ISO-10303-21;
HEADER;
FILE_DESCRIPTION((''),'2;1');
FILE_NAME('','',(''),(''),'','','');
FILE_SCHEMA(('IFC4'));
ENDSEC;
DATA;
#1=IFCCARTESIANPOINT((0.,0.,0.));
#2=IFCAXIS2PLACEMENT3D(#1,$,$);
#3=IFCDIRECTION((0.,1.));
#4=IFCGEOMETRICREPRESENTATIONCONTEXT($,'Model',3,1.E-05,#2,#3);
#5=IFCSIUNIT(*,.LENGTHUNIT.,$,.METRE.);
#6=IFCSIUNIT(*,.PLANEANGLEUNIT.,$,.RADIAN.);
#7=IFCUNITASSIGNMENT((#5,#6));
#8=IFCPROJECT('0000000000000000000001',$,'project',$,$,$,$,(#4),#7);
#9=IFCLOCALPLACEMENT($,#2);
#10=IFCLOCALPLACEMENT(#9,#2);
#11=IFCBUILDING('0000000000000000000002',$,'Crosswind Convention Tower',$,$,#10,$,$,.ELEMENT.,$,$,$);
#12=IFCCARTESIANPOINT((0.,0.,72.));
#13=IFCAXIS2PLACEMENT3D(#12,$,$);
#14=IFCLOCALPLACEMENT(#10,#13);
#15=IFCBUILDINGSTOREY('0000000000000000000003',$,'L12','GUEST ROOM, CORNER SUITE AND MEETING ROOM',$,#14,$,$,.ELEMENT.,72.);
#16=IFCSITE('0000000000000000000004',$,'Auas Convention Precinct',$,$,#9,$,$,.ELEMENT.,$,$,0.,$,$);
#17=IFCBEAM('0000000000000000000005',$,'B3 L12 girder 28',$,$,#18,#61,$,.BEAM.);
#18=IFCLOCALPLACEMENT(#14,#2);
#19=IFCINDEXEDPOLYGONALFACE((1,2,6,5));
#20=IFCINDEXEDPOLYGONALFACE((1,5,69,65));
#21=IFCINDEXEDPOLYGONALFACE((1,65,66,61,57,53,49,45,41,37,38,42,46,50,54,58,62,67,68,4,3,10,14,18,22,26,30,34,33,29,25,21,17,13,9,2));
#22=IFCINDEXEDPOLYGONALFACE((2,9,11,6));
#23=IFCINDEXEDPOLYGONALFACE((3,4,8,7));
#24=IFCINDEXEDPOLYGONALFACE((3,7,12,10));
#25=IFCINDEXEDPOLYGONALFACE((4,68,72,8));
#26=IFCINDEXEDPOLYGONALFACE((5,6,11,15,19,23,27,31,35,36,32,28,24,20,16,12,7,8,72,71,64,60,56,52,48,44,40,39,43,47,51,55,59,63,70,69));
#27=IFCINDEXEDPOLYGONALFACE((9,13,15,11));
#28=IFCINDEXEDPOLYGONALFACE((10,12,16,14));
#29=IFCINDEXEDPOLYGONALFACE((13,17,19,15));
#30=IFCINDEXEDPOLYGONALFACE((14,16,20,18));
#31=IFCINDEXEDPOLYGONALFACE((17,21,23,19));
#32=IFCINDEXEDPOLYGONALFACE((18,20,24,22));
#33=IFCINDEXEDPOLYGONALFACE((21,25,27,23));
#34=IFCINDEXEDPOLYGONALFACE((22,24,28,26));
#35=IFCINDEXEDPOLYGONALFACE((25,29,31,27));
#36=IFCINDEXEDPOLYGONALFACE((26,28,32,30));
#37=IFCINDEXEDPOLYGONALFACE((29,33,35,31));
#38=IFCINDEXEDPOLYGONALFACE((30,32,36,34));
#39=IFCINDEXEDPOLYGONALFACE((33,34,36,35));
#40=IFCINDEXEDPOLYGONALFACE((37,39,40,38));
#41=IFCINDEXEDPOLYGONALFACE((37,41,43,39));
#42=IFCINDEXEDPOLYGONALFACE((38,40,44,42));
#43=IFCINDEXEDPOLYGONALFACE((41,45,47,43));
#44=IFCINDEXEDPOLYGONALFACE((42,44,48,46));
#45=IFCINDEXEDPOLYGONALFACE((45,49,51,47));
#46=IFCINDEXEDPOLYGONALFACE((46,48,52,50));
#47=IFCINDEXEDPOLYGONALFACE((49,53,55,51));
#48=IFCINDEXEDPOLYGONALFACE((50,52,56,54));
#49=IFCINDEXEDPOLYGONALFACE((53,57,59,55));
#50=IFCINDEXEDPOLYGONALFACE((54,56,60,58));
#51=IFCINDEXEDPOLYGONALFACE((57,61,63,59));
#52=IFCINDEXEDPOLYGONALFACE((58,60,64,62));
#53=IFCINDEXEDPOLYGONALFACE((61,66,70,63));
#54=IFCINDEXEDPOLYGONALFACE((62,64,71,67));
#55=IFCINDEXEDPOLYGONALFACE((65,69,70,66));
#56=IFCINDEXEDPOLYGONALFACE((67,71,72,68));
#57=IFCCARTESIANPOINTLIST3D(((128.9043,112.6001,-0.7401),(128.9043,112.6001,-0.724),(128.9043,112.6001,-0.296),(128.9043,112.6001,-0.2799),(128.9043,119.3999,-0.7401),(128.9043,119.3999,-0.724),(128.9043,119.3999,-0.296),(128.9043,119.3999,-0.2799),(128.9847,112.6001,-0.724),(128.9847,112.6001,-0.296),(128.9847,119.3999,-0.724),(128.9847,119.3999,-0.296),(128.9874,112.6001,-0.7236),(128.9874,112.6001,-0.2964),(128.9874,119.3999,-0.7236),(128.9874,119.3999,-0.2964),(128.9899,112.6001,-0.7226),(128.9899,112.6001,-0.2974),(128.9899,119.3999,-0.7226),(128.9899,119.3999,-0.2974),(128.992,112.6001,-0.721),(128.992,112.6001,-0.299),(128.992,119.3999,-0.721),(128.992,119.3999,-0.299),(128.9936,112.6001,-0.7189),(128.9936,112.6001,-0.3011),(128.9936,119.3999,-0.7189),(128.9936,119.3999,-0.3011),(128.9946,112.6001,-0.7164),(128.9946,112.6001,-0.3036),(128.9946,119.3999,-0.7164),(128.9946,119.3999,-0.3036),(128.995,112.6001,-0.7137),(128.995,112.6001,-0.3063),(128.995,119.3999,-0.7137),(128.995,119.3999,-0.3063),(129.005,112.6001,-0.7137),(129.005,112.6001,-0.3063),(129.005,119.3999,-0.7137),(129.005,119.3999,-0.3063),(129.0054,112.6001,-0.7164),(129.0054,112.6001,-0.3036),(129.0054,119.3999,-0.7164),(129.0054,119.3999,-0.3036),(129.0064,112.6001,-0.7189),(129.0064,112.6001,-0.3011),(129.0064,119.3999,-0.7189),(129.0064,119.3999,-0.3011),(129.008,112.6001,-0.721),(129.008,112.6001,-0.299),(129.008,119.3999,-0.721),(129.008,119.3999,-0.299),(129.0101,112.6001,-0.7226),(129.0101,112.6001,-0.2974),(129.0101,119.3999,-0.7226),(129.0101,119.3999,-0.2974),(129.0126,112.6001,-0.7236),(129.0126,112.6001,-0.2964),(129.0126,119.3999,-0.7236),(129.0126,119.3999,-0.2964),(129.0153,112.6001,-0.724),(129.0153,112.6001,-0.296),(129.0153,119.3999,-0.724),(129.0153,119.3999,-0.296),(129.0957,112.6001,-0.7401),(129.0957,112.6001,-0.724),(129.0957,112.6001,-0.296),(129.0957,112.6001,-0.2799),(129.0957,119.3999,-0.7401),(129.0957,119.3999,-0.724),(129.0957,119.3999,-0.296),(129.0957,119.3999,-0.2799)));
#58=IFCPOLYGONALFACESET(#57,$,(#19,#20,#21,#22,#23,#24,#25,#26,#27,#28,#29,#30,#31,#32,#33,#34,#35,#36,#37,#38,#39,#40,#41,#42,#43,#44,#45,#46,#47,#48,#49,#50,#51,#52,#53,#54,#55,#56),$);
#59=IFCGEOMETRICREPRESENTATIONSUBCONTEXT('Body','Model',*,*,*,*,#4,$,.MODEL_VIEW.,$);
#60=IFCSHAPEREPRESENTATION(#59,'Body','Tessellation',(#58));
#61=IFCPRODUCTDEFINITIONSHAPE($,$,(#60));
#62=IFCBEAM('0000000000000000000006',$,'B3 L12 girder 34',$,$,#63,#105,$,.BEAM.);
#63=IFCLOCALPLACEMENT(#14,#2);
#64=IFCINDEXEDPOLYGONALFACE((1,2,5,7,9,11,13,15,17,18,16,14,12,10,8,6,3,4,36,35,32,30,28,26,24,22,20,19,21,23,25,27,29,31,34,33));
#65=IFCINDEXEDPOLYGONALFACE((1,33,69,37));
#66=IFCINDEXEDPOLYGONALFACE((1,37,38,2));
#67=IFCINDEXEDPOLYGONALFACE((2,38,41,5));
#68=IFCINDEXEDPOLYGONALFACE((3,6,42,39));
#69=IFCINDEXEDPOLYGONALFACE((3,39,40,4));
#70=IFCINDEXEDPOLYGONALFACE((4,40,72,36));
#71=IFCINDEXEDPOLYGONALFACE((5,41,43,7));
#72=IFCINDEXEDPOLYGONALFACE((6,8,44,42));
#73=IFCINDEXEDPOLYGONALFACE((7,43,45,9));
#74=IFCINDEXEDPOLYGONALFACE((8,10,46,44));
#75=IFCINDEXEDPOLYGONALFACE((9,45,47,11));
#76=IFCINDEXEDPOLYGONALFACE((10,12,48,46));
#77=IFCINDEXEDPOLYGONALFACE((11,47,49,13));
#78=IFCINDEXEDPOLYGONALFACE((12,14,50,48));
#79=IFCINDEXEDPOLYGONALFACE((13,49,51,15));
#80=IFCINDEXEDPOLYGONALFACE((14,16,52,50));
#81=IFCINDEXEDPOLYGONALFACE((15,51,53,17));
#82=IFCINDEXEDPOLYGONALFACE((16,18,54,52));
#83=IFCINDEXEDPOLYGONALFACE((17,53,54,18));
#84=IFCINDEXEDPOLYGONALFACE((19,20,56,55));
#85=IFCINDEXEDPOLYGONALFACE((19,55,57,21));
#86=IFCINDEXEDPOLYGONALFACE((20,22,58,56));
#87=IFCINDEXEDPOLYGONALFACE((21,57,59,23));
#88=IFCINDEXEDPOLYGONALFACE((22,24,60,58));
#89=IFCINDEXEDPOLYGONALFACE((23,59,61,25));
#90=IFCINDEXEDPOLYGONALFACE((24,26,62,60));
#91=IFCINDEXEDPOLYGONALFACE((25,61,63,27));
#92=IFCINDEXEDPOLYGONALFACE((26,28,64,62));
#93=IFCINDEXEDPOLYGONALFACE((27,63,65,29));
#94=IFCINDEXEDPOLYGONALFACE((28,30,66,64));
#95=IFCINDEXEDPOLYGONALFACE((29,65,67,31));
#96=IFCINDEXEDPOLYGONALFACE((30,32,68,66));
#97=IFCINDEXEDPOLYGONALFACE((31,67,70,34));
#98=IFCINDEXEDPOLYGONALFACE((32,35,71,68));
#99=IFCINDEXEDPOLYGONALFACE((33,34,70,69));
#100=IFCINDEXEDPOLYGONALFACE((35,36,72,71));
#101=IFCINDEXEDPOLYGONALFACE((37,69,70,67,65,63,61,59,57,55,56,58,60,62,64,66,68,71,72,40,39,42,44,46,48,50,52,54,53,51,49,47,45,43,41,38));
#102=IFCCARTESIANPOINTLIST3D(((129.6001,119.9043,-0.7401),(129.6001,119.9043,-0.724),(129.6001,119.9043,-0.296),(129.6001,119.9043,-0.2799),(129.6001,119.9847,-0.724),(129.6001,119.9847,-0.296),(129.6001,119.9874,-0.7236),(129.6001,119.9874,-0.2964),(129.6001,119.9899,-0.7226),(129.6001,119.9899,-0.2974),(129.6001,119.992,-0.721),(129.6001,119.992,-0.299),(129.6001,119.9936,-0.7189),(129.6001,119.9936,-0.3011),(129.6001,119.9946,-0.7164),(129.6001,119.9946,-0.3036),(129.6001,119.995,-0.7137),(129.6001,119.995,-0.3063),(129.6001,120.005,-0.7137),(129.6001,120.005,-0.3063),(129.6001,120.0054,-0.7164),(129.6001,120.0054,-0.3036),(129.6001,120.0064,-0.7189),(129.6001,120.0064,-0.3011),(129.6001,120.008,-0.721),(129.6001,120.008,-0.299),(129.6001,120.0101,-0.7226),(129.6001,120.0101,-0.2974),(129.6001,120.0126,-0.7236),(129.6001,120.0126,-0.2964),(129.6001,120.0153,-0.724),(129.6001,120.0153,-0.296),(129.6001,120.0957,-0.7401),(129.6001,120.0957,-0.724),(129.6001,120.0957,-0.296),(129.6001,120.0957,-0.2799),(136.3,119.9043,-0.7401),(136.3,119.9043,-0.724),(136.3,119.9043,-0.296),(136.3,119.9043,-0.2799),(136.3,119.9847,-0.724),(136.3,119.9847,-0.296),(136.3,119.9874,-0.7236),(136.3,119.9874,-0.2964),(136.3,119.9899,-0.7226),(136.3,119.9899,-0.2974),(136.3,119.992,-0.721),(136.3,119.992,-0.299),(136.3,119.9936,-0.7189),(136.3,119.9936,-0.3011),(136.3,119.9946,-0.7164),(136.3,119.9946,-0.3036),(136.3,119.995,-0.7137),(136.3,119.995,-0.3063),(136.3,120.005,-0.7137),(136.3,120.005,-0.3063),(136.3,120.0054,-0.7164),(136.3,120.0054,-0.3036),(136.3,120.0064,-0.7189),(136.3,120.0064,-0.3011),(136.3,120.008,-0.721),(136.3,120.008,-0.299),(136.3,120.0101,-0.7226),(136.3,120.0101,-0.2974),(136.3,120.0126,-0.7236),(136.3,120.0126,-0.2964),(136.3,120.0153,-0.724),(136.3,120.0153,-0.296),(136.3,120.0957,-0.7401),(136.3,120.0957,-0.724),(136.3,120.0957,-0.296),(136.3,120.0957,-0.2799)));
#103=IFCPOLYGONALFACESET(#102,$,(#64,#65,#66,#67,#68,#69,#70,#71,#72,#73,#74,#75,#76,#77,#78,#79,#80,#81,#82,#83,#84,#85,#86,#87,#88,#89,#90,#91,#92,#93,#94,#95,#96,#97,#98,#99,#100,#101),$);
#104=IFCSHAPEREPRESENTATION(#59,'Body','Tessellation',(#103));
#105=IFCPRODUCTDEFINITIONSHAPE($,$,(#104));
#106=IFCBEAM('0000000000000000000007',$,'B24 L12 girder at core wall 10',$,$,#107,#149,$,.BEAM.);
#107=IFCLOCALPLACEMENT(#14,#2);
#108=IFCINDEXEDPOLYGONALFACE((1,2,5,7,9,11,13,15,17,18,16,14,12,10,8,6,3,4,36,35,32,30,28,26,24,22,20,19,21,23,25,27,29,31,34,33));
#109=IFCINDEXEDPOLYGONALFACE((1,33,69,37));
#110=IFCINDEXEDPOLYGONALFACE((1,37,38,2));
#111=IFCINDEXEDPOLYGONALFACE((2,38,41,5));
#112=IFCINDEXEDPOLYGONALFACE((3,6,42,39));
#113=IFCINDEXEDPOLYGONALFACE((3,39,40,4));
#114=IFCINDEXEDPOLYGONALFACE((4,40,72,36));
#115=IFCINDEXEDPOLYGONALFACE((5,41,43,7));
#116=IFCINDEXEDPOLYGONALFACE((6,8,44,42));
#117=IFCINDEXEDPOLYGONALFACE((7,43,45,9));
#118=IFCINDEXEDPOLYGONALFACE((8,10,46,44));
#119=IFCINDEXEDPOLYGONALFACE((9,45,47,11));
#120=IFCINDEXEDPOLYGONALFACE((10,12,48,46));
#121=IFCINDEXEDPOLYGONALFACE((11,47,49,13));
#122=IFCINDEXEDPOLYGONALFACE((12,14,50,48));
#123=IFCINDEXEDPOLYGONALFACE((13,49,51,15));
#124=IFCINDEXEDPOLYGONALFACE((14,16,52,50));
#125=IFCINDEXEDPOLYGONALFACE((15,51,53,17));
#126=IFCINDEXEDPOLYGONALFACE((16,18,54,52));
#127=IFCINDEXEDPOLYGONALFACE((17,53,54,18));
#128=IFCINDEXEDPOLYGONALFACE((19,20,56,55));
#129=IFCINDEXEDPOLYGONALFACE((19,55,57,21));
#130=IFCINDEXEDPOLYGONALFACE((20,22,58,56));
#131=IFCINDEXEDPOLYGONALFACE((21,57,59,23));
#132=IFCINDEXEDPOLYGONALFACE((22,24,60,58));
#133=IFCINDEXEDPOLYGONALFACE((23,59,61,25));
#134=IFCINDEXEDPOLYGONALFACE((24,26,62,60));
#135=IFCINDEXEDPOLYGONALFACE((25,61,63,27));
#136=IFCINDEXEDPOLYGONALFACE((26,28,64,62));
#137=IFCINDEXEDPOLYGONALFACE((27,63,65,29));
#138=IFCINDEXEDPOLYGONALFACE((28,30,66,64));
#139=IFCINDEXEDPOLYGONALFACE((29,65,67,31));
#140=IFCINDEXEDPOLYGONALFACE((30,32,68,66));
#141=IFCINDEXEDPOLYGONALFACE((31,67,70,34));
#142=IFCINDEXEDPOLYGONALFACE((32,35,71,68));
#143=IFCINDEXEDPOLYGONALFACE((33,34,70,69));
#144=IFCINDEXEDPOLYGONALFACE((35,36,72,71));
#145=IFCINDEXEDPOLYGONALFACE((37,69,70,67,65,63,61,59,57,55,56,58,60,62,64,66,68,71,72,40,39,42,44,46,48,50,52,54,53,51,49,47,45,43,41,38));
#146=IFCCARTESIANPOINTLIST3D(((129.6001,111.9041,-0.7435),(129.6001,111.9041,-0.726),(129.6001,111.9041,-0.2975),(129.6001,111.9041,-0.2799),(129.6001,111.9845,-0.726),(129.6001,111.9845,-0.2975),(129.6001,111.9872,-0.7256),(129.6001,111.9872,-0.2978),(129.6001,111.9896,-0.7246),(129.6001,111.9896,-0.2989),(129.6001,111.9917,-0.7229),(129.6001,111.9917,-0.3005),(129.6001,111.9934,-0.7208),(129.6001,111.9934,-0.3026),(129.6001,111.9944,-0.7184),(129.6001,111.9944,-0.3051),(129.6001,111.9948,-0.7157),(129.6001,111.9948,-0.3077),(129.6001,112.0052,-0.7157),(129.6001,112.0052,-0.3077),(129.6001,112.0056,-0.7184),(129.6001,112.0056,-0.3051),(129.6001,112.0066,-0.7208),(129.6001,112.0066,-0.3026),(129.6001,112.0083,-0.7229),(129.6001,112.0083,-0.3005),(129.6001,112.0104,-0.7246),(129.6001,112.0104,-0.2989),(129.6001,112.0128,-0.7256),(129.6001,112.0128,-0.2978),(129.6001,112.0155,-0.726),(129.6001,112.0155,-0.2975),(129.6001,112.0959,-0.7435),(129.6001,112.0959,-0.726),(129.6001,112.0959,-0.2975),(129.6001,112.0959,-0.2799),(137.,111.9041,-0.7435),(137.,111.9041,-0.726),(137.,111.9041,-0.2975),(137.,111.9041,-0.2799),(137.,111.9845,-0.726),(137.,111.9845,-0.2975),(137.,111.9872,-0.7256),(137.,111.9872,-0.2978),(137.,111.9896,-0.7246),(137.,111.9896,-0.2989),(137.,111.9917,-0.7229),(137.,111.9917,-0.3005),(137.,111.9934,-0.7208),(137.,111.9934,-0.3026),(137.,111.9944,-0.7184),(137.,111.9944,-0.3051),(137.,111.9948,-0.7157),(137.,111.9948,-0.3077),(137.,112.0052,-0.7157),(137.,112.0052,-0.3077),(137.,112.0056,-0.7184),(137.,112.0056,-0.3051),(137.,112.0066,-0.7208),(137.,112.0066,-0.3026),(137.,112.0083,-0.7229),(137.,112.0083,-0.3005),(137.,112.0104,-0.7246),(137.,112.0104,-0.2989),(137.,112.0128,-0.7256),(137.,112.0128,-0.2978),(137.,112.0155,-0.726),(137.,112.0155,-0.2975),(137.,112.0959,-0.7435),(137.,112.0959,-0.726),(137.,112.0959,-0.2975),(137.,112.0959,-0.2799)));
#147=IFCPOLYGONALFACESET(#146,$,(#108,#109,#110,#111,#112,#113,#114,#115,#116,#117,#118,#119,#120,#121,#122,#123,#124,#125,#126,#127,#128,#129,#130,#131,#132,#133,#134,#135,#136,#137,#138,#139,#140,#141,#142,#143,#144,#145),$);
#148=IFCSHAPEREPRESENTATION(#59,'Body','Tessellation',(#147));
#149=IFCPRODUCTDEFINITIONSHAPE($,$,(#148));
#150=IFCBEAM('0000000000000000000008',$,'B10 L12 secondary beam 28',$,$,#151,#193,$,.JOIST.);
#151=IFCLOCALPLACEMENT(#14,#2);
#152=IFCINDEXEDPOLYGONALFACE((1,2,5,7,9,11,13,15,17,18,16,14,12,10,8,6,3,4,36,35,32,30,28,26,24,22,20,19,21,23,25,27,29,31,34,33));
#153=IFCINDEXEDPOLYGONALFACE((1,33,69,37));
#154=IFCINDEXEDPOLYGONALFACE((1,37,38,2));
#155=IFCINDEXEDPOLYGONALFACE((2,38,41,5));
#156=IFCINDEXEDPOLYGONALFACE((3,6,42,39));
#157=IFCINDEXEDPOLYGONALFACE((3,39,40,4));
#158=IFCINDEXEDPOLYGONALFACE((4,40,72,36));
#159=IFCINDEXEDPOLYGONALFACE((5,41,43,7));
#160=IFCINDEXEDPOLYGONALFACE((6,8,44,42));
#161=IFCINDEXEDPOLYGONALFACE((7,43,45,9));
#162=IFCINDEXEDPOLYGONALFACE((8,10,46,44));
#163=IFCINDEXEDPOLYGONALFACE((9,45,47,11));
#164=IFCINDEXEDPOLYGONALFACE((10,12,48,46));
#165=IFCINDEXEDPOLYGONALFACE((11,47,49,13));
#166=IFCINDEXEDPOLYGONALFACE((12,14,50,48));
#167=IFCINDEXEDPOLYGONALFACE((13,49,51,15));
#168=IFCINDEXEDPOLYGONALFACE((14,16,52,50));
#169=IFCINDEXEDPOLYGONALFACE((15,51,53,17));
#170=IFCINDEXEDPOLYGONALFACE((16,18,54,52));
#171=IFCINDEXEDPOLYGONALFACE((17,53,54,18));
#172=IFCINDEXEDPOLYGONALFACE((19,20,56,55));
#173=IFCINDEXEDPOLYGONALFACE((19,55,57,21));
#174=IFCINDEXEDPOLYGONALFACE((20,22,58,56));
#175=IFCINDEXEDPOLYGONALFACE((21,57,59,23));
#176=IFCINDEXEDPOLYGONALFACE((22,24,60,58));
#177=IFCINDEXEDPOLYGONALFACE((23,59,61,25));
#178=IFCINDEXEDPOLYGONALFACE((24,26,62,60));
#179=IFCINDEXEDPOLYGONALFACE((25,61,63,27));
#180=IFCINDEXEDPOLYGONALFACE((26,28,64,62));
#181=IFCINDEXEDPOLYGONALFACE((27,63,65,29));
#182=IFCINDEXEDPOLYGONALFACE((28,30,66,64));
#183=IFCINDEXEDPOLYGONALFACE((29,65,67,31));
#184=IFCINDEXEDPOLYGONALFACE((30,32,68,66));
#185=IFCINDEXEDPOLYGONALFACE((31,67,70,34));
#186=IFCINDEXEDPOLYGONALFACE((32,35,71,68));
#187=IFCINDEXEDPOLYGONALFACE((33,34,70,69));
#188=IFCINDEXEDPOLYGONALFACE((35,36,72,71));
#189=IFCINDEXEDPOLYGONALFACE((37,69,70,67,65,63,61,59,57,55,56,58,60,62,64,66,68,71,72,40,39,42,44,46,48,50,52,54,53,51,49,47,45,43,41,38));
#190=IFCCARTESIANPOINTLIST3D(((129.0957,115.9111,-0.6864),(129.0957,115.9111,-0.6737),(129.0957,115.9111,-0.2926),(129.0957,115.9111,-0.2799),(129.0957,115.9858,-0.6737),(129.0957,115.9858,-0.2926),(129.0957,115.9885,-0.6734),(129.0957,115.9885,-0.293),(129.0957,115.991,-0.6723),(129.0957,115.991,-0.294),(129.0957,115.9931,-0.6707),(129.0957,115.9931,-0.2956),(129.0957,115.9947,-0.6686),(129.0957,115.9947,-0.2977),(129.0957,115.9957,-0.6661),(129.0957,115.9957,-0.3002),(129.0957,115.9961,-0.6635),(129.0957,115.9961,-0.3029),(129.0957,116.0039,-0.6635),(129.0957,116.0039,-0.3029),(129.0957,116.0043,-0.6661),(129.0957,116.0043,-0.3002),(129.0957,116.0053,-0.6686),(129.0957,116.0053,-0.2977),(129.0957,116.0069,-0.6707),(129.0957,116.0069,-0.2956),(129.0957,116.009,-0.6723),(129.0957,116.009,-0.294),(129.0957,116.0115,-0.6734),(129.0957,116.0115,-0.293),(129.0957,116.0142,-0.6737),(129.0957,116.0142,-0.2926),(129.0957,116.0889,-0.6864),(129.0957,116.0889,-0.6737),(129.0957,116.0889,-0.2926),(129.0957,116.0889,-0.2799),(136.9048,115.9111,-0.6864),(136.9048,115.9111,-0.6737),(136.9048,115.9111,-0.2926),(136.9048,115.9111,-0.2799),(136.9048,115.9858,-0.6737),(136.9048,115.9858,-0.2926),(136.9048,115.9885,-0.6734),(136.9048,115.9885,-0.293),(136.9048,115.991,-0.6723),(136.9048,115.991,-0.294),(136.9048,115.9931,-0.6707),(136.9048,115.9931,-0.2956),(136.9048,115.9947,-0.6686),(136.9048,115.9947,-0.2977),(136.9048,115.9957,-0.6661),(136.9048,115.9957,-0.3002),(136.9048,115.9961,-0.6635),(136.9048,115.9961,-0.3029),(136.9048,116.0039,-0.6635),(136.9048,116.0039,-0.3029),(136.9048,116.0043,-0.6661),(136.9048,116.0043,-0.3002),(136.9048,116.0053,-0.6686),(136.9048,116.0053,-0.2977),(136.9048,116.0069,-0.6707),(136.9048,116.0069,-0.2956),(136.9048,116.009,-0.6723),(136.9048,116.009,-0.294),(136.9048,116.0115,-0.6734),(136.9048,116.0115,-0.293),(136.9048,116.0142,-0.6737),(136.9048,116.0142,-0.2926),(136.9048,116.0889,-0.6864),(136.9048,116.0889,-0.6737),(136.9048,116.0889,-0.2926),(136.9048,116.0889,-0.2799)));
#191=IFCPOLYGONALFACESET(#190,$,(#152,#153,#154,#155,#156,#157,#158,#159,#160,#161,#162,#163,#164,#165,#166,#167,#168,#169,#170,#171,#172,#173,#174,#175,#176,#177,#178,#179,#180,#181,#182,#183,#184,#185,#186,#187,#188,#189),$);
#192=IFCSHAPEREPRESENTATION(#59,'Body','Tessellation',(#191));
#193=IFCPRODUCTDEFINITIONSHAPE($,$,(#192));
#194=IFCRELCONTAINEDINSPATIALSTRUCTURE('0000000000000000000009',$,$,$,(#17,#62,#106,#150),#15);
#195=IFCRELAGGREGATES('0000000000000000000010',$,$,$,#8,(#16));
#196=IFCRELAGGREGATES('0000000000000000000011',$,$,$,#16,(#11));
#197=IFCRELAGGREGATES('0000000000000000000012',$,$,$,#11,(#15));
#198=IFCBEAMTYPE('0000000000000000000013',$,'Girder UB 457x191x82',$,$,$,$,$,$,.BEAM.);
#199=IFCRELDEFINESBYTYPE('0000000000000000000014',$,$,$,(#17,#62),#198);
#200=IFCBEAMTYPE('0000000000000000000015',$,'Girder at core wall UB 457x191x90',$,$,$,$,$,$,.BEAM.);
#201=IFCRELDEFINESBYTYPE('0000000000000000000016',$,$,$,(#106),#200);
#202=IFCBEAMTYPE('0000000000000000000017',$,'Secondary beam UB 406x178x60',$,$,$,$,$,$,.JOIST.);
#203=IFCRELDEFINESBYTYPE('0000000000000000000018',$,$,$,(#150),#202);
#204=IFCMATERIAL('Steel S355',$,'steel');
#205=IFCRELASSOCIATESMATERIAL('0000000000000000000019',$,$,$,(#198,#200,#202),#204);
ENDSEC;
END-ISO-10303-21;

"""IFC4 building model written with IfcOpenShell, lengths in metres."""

from ifc_helpers import new_model, si_unit, direction, frame, origin, origin_2d, place, context, subcontext, project, spatial, i_section, extrude, material, material_profile, profile_set, type_object, element, save


model = new_model("IFC4")

# Units and contexts
model_context = context("Model", 3, precision=1e-05, world=origin(), true_north=direction((0.0, 1.0)))
body_context = subcontext(model_context, "Body", "Model", "MODEL_VIEW")
ifc_project = project(units=[si_unit("LENGTHUNIT", "METRE"), si_unit("PLANEANGLEUNIT", "RADIAN")], contexts=[model_context])

# Site, building, storey
site_placement = place(None, origin())
site = spatial("IfcSite", under=ifc_project, at=site_placement, Name="Auas Convention Precinct", CompositionType="ELEMENT", RefElevation=0.0)
building_placement = place(site_placement, origin())
building = spatial("IfcBuilding", under=site, at=building_placement, Name="Crosswind Convention Tower", CompositionType="ELEMENT")
storey_placement = place(building_placement, frame((0.0, 0.0, 72.0)))
storey = spatial("IfcBuildingStorey", under=building, at=storey_placement, Name="L12", Description="GUEST ROOM, CORNER SUITE AND MEETING ROOM", CompositionType="ELEMENT", Elevation=72.0)

# Beams
ifc_material_1 = material(Name="Steel S355", Category="steel")
ifc_material_profile_1 = material_profile(ifc_material_1, i_section(OverallWidth=0.1914, OverallDepth=0.4602, WebThickness=0.01, FlangeThickness=0.0161, FilletRadius=0.0103, at=origin_2d()), Name="UB 457x191x82")
ifc_profile_set_1 = profile_set([ifc_material_profile_1], Name="Steel S355")
beam_type_1 = type_object("IfcBeamType", Name="Girder UB 457x191x82", PredefinedType="BEAM", material=ifc_profile_set_1)
for number, where, z_axis, x_axis, name in (
    (1, (129.0, 112.6001, -0.51), (0.0, 1.0, 0.0), (-1.0, 0.0, 0.0), "B3 L12 girder 28"),
):
    element("IfcBeam", number, at=place(storey_placement, frame(where, z_axis=z_axis, x_axis=x_axis)), inside=storey, type_object=beam_type_1, Name=name, PredefinedType="BEAM", context=body_context, shape_type="SweptSolid", body=[
        extrude(i_section(OverallWidth=0.1914, OverallDepth=0.4602, WebThickness=0.01, FlangeThickness=0.0161, FilletRadius=0.0103, at=origin_2d()), origin(), (0.0, 0.0, 1.0), 6.7998),
    ])
beam_1_placement = place(storey_placement, frame((129.6001, 120.0, -0.51), z_axis=(1.0, 0.0, 0.0), x_axis=(0.0, 1.0, 0.0)))
element("IfcBeam", 2, at=beam_1_placement, inside=storey, type_object=beam_type_1, Name="B3 L12 girder 34", PredefinedType="BEAM", context=body_context, shape_type="SweptSolid", body=[
    extrude(i_section(OverallWidth=0.1914, OverallDepth=0.4602, WebThickness=0.01, FlangeThickness=0.0161, FilletRadius=0.0103, at=origin_2d()), origin(), (0.0, 0.0, 1.0), 6.7),
])
ifc_material_profile_2 = material_profile(ifc_material_1, i_section(OverallWidth=0.1919, OverallDepth=0.4636, WebThickness=0.0105, FlangeThickness=0.0176, FilletRadius=0.0103, at=origin_2d()), Name="UB 457x191x90")
ifc_profile_set_2 = profile_set([ifc_material_profile_2], Name="Steel S355")
beam_type_2 = type_object("IfcBeamType", Name="Girder at core wall UB 457x191x90", PredefinedType="BEAM", material=ifc_profile_set_2)
beam_2_placement = place(storey_placement, frame((129.6001, 112.0, -0.5117), z_axis=(1.0, 0.0, 0.0), x_axis=(0.0, 1.0, 0.0)))
element("IfcBeam", 3, at=beam_2_placement, inside=storey, type_object=beam_type_2, Name="B24 L12 girder at core wall 10", PredefinedType="BEAM", context=body_context, shape_type="SweptSolid", body=[
    extrude(i_section(OverallWidth=0.1919, OverallDepth=0.4636, WebThickness=0.0105, FlangeThickness=0.0176, FilletRadius=0.0103, at=origin_2d()), origin(), (0.0, 0.0, 1.0), 7.3999),
])
ifc_material_profile_3 = material_profile(ifc_material_1, i_section(OverallWidth=0.1777, OverallDepth=0.4065, WebThickness=0.0078, FlangeThickness=0.0127, FilletRadius=0.0103, at=origin_2d()), Name="UB 406x178x60")
ifc_profile_set_3 = profile_set([ifc_material_profile_3], Name="Steel S355")
beam_type_3 = type_object("IfcBeamType", Name="Secondary beam UB 406x178x60", PredefinedType="JOIST", material=ifc_profile_set_3)
beam_3_placement = place(storey_placement, frame((129.0957, 116.0, -0.4832), z_axis=(1.0, 0.0, 0.0), x_axis=(0.0, 1.0, 0.0)))
element("IfcBeam", 4, at=beam_3_placement, inside=storey, type_object=beam_type_3, Name="B10 L12 secondary beam 28", PredefinedType="JOIST", context=body_context, shape_type="SweptSolid", body=[
    extrude(i_section(OverallWidth=0.1777, OverallDepth=0.4065, WebThickness=0.0078, FlangeThickness=0.0127, FilletRadius=0.0103, at=origin_2d()), origin(), (0.0, 0.0, 1.0), 7.8091),
])

save(model, "model.ifc")
